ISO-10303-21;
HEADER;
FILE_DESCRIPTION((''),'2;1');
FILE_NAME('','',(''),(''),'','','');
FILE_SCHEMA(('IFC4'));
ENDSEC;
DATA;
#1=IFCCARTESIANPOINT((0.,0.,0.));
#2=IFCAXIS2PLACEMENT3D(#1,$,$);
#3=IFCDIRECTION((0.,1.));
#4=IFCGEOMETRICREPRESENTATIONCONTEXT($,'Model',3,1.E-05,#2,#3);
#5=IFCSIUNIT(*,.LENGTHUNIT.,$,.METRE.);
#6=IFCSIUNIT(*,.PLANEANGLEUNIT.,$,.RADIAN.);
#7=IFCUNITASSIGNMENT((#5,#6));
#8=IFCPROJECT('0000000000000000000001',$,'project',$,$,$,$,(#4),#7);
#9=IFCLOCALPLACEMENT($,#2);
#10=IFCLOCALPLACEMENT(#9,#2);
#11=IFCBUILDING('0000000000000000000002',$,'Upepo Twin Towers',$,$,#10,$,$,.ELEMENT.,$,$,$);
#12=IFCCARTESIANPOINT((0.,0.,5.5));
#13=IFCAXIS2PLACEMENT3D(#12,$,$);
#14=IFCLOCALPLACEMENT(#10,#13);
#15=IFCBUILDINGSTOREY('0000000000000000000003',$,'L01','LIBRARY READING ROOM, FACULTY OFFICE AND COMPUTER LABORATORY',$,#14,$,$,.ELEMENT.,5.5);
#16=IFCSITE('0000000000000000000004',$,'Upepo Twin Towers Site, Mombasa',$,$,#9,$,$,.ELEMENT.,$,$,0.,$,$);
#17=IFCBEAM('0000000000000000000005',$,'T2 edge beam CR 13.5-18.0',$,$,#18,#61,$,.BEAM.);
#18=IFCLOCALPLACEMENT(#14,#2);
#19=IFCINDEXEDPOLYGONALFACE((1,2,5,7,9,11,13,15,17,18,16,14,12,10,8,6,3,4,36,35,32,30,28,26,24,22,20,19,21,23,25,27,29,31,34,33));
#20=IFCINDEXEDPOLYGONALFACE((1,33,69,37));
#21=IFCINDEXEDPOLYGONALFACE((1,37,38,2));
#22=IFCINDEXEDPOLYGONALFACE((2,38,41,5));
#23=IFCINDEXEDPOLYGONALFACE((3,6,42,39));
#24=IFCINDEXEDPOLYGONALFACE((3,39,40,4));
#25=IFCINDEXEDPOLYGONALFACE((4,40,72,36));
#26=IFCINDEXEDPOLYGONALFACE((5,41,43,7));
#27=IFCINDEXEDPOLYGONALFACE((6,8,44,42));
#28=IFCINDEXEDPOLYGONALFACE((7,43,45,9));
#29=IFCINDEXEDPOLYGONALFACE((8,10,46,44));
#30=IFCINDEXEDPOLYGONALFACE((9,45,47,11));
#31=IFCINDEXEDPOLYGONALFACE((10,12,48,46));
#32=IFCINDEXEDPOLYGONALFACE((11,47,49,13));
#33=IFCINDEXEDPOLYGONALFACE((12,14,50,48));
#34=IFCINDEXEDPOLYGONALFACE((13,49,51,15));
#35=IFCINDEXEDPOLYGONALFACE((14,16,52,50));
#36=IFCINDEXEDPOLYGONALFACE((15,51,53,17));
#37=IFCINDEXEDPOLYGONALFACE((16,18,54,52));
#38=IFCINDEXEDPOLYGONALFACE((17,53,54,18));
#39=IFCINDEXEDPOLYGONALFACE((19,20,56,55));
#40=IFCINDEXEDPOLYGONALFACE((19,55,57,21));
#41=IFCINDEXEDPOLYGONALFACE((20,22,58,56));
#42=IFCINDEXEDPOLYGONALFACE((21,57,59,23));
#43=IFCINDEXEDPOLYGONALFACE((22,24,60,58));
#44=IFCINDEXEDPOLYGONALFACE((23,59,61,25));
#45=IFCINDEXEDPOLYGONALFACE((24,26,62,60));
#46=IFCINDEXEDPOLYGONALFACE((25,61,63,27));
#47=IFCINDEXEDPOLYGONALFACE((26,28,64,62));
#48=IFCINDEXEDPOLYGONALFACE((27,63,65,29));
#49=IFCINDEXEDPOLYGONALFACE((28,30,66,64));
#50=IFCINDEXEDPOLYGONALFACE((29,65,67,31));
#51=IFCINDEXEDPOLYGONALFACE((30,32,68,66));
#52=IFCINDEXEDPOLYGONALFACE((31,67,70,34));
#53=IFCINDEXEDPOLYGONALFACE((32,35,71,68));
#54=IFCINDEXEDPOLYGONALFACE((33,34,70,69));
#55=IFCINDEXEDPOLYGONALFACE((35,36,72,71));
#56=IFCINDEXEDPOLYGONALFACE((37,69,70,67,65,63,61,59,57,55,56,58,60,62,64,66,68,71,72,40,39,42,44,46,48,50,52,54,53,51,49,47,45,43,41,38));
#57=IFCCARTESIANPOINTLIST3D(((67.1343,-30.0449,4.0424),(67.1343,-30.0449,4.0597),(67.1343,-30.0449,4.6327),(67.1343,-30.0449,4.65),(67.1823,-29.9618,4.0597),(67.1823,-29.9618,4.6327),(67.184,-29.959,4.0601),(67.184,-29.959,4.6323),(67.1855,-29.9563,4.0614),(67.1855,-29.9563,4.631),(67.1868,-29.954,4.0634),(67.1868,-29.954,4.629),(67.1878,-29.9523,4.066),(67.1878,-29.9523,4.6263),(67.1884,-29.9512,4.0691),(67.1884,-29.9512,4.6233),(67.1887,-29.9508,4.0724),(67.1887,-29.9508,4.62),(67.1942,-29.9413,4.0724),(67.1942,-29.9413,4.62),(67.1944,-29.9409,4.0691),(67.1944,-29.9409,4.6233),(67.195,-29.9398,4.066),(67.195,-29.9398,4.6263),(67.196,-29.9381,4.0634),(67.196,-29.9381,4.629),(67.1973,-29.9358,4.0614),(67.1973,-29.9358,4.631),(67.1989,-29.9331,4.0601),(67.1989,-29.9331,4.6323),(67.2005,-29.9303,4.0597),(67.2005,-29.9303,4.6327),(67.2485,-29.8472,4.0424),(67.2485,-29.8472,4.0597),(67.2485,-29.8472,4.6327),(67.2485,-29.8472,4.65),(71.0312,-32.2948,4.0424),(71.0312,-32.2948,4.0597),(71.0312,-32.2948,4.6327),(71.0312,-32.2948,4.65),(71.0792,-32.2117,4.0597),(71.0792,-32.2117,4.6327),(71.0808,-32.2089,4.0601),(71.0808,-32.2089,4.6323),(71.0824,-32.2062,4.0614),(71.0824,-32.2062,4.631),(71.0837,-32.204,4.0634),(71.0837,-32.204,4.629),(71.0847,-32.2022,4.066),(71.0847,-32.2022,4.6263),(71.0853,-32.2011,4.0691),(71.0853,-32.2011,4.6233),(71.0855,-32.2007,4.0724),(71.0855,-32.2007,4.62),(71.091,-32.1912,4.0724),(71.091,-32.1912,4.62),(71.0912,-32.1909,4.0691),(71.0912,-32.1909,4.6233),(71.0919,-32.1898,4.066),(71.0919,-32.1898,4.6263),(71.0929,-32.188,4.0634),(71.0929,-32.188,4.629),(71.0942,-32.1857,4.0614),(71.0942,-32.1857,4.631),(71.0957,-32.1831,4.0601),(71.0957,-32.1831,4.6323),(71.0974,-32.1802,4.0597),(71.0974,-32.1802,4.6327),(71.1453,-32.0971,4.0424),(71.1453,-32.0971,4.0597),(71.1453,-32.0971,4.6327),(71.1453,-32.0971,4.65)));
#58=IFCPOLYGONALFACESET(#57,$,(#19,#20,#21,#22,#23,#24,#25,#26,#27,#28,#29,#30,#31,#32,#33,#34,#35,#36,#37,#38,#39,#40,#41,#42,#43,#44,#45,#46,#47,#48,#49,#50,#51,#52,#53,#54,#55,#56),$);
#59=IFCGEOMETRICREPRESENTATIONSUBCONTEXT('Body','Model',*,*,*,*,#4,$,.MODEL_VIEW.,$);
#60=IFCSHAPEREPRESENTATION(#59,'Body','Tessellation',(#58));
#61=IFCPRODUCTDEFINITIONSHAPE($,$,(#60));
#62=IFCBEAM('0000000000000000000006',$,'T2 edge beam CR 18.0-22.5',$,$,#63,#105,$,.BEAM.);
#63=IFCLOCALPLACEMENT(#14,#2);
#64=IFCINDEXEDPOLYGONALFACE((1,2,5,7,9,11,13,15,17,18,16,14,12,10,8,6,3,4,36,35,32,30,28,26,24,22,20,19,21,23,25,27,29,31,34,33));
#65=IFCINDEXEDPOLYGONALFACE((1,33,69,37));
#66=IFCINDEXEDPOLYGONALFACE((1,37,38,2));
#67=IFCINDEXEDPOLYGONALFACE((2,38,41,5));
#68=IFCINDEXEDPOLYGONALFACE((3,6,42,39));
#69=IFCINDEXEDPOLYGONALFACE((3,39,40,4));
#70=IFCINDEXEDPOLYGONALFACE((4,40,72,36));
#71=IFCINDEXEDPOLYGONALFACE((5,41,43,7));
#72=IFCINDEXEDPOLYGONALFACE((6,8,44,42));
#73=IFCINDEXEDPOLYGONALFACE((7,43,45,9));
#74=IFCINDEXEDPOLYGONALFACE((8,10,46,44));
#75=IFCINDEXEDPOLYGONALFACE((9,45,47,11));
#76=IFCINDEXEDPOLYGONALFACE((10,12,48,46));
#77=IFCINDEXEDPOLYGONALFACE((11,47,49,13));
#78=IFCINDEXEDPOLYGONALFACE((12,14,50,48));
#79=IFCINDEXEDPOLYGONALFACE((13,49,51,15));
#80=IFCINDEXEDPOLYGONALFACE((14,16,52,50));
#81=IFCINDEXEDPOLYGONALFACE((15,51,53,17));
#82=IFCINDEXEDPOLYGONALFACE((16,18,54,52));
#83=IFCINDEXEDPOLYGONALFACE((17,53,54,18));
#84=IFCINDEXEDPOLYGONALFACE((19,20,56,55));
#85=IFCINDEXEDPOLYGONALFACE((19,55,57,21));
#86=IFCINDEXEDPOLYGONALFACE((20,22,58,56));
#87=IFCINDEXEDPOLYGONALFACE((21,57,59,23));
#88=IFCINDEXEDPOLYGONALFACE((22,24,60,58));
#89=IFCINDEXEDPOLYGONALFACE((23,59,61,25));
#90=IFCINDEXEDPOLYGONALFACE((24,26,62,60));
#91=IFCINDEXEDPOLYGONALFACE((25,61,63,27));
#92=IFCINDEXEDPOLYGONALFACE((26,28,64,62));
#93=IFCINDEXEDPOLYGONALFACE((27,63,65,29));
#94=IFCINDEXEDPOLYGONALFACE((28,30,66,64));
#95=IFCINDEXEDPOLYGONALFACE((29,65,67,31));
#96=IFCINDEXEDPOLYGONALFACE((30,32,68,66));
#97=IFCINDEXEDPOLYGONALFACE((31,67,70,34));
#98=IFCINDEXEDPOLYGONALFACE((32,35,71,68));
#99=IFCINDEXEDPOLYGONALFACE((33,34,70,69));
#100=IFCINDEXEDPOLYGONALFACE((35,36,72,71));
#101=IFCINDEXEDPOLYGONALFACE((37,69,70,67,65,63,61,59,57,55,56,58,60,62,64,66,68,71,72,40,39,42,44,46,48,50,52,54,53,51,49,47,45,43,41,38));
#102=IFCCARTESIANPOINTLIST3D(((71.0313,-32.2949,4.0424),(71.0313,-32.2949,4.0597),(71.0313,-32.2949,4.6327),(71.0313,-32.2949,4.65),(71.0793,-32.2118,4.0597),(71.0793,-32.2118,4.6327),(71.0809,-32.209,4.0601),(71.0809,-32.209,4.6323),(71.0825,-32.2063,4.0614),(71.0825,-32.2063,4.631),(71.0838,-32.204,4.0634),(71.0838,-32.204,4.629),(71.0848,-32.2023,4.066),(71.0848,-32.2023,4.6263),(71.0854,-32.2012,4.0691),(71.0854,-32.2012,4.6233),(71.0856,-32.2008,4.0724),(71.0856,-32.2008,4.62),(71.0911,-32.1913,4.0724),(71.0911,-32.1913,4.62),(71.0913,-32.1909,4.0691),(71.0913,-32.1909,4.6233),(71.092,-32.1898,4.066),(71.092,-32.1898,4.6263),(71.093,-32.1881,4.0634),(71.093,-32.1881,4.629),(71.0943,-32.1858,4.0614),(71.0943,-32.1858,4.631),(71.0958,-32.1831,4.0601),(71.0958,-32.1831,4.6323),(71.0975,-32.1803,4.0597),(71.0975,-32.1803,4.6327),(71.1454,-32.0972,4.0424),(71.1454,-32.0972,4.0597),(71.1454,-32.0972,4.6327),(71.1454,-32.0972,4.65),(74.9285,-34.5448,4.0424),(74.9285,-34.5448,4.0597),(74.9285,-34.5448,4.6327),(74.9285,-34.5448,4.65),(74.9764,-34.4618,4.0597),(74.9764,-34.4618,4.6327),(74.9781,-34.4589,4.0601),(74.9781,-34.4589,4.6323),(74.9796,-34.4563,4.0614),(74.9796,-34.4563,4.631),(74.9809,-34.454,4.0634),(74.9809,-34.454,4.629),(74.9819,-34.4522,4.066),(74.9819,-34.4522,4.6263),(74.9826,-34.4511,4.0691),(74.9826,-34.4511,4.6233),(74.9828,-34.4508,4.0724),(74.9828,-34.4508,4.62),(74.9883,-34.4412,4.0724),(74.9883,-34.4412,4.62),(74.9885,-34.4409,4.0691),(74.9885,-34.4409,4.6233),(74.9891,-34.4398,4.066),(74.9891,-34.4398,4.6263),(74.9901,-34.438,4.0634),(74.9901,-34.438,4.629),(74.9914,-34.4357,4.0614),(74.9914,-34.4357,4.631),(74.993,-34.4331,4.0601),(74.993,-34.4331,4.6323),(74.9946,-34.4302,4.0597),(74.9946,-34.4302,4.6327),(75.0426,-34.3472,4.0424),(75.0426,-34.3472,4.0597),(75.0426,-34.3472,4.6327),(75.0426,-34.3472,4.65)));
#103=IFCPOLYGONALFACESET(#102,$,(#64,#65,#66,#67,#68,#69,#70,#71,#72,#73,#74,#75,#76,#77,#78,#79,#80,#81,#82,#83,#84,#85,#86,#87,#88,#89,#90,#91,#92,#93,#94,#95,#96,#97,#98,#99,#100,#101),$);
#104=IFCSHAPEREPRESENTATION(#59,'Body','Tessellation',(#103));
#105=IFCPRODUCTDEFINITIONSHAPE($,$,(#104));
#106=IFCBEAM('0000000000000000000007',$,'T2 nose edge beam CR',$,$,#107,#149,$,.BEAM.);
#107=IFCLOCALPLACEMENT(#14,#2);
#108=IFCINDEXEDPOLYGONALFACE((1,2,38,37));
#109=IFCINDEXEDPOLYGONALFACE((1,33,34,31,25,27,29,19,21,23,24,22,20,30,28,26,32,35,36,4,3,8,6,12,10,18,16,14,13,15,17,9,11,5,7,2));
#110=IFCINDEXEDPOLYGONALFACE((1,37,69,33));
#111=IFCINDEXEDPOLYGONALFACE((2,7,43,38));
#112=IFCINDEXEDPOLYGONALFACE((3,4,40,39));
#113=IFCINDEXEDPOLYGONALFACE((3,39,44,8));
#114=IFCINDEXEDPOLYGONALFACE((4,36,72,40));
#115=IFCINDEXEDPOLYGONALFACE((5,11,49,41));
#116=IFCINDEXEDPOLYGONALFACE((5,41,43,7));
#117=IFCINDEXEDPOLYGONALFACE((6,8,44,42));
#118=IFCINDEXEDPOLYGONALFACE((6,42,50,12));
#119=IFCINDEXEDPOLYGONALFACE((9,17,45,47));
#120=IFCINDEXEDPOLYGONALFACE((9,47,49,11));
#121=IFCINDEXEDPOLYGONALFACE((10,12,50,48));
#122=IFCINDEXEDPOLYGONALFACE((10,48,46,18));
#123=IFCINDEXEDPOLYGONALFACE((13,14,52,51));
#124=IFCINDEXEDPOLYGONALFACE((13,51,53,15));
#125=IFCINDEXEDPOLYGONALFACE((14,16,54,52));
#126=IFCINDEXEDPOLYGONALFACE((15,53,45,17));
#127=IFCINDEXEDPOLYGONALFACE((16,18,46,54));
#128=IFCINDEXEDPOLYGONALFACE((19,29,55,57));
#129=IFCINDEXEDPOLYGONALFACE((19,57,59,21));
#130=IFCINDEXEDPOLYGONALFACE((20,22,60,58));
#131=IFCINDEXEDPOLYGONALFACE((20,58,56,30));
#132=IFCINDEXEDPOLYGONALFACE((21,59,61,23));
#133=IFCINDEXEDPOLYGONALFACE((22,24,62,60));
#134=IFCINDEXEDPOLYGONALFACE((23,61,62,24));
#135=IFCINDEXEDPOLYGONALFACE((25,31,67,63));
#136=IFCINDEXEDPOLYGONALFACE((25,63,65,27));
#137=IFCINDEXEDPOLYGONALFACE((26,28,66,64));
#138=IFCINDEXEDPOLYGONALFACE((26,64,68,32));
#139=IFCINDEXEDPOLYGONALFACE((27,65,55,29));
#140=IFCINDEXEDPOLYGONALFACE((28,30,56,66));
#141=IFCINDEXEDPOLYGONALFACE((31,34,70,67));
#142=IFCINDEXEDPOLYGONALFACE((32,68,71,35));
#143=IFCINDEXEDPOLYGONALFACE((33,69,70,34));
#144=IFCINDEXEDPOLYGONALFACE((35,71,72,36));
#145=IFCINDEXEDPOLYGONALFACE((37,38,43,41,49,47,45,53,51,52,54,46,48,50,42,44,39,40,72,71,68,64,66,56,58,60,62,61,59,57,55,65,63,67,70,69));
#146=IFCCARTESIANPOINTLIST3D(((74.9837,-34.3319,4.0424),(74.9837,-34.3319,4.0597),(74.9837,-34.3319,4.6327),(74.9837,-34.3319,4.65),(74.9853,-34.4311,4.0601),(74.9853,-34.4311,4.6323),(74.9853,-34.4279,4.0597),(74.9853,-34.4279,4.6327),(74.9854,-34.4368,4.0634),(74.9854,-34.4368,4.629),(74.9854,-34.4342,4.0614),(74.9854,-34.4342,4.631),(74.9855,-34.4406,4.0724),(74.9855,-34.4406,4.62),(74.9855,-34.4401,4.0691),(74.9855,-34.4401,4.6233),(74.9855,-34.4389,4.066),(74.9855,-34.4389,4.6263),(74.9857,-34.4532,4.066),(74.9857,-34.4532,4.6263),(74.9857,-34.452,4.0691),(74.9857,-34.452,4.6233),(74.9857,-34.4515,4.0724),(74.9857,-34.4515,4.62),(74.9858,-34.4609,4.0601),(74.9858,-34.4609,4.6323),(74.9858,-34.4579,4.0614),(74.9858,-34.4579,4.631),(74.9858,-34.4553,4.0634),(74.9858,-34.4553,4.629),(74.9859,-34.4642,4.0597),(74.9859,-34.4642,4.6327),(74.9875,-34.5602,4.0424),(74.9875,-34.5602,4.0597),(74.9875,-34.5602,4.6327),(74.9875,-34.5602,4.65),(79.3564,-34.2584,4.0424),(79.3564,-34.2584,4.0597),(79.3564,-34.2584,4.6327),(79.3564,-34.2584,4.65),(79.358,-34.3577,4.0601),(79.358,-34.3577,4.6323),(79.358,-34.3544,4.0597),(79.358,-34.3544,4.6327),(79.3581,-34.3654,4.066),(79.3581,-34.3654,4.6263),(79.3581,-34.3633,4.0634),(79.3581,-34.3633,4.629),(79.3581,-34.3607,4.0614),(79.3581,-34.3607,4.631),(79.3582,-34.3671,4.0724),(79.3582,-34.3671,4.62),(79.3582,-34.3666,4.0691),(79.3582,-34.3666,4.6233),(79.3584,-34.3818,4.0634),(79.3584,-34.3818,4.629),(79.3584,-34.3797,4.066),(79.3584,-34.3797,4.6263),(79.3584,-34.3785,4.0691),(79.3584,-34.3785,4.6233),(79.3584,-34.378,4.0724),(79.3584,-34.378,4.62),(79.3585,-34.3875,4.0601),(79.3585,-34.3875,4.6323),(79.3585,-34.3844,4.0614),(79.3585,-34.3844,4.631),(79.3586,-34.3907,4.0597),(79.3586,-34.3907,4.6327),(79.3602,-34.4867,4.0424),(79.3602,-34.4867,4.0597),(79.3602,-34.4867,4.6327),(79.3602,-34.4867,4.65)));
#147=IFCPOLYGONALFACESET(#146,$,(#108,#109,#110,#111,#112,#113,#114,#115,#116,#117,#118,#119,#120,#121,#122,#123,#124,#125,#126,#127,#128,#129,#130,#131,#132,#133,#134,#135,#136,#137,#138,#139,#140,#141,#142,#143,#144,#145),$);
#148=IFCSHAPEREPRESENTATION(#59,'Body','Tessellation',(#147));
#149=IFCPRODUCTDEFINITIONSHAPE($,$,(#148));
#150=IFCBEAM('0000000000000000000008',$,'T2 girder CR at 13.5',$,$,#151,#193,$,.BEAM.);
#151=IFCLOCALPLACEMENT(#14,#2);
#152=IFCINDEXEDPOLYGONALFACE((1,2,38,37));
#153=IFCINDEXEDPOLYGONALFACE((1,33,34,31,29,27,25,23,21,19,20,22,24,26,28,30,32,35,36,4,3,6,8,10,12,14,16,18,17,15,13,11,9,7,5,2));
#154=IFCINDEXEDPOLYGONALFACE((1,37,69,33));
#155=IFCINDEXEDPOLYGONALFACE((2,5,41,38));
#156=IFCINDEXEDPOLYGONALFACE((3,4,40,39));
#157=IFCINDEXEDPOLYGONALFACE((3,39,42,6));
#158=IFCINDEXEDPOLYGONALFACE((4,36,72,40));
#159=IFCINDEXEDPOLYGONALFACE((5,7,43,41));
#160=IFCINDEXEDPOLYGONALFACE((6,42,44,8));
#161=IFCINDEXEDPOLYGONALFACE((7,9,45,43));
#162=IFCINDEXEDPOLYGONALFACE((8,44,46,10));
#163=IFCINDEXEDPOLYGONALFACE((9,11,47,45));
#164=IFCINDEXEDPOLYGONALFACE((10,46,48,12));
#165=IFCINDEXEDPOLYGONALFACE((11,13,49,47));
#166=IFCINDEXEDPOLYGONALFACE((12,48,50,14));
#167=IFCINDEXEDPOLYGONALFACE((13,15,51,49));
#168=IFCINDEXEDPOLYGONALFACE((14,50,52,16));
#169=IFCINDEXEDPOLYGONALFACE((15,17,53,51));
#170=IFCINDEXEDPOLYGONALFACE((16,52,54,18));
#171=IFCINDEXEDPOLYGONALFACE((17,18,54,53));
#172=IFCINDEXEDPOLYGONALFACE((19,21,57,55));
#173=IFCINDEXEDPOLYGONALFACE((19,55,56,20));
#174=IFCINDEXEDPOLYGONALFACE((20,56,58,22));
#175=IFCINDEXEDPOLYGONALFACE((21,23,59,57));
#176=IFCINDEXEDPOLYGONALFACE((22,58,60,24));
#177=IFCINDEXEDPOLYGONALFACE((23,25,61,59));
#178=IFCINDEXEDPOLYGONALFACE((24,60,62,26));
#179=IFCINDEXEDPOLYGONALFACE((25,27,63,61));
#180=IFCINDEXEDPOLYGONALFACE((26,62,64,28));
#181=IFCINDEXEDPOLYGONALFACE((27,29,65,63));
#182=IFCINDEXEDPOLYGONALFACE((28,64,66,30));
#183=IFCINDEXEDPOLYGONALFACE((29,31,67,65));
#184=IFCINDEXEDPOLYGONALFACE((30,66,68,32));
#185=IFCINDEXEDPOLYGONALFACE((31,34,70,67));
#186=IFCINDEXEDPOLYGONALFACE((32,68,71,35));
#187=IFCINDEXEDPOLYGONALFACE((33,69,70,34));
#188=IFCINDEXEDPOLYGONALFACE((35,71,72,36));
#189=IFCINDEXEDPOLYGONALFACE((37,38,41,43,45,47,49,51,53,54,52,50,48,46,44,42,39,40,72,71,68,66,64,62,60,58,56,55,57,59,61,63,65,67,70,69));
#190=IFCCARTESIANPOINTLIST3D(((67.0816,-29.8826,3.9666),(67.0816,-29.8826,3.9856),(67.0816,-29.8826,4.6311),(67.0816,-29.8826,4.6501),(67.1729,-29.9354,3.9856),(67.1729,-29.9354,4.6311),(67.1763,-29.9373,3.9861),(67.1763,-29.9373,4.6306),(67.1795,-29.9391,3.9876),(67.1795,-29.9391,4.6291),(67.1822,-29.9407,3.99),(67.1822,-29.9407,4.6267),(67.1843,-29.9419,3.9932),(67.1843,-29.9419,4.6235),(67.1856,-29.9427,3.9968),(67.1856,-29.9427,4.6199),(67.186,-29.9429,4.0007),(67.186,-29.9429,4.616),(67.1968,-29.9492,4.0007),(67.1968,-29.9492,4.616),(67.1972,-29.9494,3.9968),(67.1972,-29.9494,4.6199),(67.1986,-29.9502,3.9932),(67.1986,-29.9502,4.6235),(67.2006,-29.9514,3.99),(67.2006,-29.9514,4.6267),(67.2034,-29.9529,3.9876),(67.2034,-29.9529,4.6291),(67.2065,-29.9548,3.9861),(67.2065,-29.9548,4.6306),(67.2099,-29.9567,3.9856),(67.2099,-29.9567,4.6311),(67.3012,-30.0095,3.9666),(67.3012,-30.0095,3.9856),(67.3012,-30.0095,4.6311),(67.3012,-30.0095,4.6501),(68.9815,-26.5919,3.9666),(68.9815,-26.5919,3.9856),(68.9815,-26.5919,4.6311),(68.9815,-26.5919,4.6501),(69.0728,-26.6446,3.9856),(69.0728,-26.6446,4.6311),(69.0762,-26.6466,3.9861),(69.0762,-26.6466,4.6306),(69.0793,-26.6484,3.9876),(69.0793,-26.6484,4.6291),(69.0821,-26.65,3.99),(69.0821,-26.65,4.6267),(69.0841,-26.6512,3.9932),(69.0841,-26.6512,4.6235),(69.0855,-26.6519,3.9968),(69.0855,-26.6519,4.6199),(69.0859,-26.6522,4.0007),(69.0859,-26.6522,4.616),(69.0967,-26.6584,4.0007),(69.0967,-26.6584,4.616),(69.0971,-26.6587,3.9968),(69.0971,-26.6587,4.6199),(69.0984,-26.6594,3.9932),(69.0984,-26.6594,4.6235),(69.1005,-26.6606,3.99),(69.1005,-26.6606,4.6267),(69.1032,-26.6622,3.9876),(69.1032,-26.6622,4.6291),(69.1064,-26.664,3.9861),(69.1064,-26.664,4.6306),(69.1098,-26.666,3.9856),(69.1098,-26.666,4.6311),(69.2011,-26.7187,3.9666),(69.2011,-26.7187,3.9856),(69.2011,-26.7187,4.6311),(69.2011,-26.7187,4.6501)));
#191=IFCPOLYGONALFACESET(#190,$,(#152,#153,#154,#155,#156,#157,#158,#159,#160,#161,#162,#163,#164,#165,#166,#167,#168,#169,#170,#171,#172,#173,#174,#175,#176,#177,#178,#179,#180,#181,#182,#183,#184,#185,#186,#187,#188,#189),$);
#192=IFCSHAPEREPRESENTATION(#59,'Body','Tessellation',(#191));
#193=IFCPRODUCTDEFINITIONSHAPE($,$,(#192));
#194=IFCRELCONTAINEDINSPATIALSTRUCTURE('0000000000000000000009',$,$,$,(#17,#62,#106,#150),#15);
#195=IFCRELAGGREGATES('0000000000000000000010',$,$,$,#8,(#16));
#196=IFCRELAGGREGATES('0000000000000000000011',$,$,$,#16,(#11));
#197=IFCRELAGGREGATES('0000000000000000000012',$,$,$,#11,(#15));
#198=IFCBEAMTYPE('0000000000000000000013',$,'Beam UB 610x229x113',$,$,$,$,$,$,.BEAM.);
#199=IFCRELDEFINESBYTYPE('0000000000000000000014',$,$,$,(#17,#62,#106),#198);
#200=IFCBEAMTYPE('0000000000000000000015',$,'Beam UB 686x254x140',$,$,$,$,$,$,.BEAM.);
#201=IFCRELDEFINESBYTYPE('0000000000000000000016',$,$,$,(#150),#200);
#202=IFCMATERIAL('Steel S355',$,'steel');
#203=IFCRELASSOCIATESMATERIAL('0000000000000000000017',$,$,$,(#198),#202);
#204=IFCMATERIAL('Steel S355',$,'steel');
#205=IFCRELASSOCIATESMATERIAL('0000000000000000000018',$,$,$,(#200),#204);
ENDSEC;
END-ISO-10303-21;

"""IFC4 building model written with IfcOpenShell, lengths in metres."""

from ifc_helpers import new_model, si_unit, direction, frame, origin, origin_2d, place, context, subcontext, project, spatial, i_section, extrude, material, material_profile, profile_set, type_object, element, save


model = new_model("IFC4")

# Units and contexts
model_context = context("Model", 3, precision=1e-05, world=origin(), true_north=direction((0.0, 1.0)))
body_context = subcontext(model_context, "Body", "Model", "MODEL_VIEW")
ifc_project = project(units=[si_unit("LENGTHUNIT", "METRE"), si_unit("PLANEANGLEUNIT", "RADIAN")], contexts=[model_context])

# Site, building, storey
site_placement = place(None, origin())
site = spatial("IfcSite", under=ifc_project, at=site_placement, Name="Upepo Twin Towers Site, Mombasa", CompositionType="ELEMENT", RefElevation=0.0)
building_placement = place(site_placement, origin())
building = spatial("IfcBuilding", under=site, at=building_placement, Name="Upepo Twin Towers", CompositionType="ELEMENT")
storey_placement = place(building_placement, frame((0.0, 0.0, 5.5)))
storey = spatial("IfcBuildingStorey", under=building, at=storey_placement, Name="L01", Description="LIBRARY READING ROOM, FACULTY OFFICE AND COMPUTER LABORATORY", CompositionType="ELEMENT", Elevation=5.5)

# Beams
ifc_material_1 = material(Name="Steel S355", Category="steel")
ifc_material_profile_1 = material_profile(ifc_material_1, i_section(OverallWidth=0.2283, OverallDepth=0.6077, WebThickness=0.011, FlangeThickness=0.0173, FilletRadius=0.0127, at=origin_2d()), Name="UB 610x229x113")
ifc_profile_set_1 = profile_set([ifc_material_profile_1], Name="Steel S355")
beam_type_1 = type_object("IfcBeamType", Name="Beam UB 610x229x113", PredefinedType="BEAM", material=ifc_profile_set_1)
beam_1_placement = place(storey_placement, frame((67.1914, -29.946, 4.3462), z_axis=(0.866018, -0.500014, 0.0), x_axis=(0.500014, 0.866018, 0.0)))
element("IfcBeam", 1, at=beam_1_placement, inside=storey, type_object=beam_type_1, Name="T2 edge beam CR 13.5-18.0", PredefinedType="BEAM", context=body_context, shape_type="SweptSolid", body=[
    extrude(i_section(OverallWidth=0.2283, OverallDepth=0.6077, WebThickness=0.011, FlangeThickness=0.0173, FilletRadius=0.0127, at=origin_2d()), origin(), (0.0, 0.0, 1.0), 4.4998),
])
beam_2_placement = place(storey_placement, frame((71.0884, -32.196, 4.3462), z_axis=(0.866031, -0.49999, 0.0), x_axis=(0.49999, 0.866031, 0.0)))
element("IfcBeam", 2, at=beam_2_placement, inside=storey, type_object=beam_type_1, Name="T2 edge beam CR 18.0-22.5", PredefinedType="BEAM", context=body_context, shape_type="SweptSolid", body=[
    extrude(i_section(OverallWidth=0.2283, OverallDepth=0.6077, WebThickness=0.011, FlangeThickness=0.0173, FilletRadius=0.0127, at=origin_2d()), origin(), (0.0, 0.0, 1.0), 4.5),
])
beam_3_placement = place(storey_placement, frame((74.9856, -34.446, 4.3462), z_axis=(0.999859, 0.016804, 0.0), x_axis=(-0.016804, 0.999859, 0.0)))
element("IfcBeam", 3, at=beam_3_placement, inside=storey, type_object=beam_type_1, Name="T2 nose edge beam CR", PredefinedType="BEAM", context=body_context, shape_type="SweptSolid", body=[
    extrude(i_section(OverallWidth=0.2283, OverallDepth=0.6077, WebThickness=0.011, FlangeThickness=0.0173, FilletRadius=0.0127, at=origin_2d()), origin(), (0.0, 0.0, 1.0), 4.3733),
])
ifc_material_2 = material(Name="Steel S355", Category="steel")
ifc_material_profile_2 = material_profile(ifc_material_2, i_section(OverallWidth=0.2537, OverallDepth=0.6836, WebThickness=0.0125, FlangeThickness=0.019, FilletRadius=0.0151, at=origin_2d()), Name="UB 686x254x140")
ifc_profile_set_2 = profile_set([ifc_material_profile_2], Name="Steel S355")
beam_type_2 = type_object("IfcBeamType", Name="Beam UB 686x254x140", PredefinedType="BEAM", material=ifc_profile_set_2)
beam_4_placement = place(storey_placement, frame((67.1914, -29.946, 4.3083), z_axis=(0.499995, 0.866028, 0.0), x_axis=(-0.866028, 0.499995, 0.0)))
element("IfcBeam", 4, at=beam_4_placement, inside=storey, type_object=beam_type_2, Name="T2 girder CR at 13.5", PredefinedType="BEAM", context=body_context, shape_type="SweptSolid", body=[
    extrude(i_section(OverallWidth=0.2537, OverallDepth=0.6836, WebThickness=0.0125, FlangeThickness=0.019, FilletRadius=0.0151, at=origin_2d()), origin(), (0.0, 0.0, 1.0), 3.7998),
])

save(model, "model.ifc")
